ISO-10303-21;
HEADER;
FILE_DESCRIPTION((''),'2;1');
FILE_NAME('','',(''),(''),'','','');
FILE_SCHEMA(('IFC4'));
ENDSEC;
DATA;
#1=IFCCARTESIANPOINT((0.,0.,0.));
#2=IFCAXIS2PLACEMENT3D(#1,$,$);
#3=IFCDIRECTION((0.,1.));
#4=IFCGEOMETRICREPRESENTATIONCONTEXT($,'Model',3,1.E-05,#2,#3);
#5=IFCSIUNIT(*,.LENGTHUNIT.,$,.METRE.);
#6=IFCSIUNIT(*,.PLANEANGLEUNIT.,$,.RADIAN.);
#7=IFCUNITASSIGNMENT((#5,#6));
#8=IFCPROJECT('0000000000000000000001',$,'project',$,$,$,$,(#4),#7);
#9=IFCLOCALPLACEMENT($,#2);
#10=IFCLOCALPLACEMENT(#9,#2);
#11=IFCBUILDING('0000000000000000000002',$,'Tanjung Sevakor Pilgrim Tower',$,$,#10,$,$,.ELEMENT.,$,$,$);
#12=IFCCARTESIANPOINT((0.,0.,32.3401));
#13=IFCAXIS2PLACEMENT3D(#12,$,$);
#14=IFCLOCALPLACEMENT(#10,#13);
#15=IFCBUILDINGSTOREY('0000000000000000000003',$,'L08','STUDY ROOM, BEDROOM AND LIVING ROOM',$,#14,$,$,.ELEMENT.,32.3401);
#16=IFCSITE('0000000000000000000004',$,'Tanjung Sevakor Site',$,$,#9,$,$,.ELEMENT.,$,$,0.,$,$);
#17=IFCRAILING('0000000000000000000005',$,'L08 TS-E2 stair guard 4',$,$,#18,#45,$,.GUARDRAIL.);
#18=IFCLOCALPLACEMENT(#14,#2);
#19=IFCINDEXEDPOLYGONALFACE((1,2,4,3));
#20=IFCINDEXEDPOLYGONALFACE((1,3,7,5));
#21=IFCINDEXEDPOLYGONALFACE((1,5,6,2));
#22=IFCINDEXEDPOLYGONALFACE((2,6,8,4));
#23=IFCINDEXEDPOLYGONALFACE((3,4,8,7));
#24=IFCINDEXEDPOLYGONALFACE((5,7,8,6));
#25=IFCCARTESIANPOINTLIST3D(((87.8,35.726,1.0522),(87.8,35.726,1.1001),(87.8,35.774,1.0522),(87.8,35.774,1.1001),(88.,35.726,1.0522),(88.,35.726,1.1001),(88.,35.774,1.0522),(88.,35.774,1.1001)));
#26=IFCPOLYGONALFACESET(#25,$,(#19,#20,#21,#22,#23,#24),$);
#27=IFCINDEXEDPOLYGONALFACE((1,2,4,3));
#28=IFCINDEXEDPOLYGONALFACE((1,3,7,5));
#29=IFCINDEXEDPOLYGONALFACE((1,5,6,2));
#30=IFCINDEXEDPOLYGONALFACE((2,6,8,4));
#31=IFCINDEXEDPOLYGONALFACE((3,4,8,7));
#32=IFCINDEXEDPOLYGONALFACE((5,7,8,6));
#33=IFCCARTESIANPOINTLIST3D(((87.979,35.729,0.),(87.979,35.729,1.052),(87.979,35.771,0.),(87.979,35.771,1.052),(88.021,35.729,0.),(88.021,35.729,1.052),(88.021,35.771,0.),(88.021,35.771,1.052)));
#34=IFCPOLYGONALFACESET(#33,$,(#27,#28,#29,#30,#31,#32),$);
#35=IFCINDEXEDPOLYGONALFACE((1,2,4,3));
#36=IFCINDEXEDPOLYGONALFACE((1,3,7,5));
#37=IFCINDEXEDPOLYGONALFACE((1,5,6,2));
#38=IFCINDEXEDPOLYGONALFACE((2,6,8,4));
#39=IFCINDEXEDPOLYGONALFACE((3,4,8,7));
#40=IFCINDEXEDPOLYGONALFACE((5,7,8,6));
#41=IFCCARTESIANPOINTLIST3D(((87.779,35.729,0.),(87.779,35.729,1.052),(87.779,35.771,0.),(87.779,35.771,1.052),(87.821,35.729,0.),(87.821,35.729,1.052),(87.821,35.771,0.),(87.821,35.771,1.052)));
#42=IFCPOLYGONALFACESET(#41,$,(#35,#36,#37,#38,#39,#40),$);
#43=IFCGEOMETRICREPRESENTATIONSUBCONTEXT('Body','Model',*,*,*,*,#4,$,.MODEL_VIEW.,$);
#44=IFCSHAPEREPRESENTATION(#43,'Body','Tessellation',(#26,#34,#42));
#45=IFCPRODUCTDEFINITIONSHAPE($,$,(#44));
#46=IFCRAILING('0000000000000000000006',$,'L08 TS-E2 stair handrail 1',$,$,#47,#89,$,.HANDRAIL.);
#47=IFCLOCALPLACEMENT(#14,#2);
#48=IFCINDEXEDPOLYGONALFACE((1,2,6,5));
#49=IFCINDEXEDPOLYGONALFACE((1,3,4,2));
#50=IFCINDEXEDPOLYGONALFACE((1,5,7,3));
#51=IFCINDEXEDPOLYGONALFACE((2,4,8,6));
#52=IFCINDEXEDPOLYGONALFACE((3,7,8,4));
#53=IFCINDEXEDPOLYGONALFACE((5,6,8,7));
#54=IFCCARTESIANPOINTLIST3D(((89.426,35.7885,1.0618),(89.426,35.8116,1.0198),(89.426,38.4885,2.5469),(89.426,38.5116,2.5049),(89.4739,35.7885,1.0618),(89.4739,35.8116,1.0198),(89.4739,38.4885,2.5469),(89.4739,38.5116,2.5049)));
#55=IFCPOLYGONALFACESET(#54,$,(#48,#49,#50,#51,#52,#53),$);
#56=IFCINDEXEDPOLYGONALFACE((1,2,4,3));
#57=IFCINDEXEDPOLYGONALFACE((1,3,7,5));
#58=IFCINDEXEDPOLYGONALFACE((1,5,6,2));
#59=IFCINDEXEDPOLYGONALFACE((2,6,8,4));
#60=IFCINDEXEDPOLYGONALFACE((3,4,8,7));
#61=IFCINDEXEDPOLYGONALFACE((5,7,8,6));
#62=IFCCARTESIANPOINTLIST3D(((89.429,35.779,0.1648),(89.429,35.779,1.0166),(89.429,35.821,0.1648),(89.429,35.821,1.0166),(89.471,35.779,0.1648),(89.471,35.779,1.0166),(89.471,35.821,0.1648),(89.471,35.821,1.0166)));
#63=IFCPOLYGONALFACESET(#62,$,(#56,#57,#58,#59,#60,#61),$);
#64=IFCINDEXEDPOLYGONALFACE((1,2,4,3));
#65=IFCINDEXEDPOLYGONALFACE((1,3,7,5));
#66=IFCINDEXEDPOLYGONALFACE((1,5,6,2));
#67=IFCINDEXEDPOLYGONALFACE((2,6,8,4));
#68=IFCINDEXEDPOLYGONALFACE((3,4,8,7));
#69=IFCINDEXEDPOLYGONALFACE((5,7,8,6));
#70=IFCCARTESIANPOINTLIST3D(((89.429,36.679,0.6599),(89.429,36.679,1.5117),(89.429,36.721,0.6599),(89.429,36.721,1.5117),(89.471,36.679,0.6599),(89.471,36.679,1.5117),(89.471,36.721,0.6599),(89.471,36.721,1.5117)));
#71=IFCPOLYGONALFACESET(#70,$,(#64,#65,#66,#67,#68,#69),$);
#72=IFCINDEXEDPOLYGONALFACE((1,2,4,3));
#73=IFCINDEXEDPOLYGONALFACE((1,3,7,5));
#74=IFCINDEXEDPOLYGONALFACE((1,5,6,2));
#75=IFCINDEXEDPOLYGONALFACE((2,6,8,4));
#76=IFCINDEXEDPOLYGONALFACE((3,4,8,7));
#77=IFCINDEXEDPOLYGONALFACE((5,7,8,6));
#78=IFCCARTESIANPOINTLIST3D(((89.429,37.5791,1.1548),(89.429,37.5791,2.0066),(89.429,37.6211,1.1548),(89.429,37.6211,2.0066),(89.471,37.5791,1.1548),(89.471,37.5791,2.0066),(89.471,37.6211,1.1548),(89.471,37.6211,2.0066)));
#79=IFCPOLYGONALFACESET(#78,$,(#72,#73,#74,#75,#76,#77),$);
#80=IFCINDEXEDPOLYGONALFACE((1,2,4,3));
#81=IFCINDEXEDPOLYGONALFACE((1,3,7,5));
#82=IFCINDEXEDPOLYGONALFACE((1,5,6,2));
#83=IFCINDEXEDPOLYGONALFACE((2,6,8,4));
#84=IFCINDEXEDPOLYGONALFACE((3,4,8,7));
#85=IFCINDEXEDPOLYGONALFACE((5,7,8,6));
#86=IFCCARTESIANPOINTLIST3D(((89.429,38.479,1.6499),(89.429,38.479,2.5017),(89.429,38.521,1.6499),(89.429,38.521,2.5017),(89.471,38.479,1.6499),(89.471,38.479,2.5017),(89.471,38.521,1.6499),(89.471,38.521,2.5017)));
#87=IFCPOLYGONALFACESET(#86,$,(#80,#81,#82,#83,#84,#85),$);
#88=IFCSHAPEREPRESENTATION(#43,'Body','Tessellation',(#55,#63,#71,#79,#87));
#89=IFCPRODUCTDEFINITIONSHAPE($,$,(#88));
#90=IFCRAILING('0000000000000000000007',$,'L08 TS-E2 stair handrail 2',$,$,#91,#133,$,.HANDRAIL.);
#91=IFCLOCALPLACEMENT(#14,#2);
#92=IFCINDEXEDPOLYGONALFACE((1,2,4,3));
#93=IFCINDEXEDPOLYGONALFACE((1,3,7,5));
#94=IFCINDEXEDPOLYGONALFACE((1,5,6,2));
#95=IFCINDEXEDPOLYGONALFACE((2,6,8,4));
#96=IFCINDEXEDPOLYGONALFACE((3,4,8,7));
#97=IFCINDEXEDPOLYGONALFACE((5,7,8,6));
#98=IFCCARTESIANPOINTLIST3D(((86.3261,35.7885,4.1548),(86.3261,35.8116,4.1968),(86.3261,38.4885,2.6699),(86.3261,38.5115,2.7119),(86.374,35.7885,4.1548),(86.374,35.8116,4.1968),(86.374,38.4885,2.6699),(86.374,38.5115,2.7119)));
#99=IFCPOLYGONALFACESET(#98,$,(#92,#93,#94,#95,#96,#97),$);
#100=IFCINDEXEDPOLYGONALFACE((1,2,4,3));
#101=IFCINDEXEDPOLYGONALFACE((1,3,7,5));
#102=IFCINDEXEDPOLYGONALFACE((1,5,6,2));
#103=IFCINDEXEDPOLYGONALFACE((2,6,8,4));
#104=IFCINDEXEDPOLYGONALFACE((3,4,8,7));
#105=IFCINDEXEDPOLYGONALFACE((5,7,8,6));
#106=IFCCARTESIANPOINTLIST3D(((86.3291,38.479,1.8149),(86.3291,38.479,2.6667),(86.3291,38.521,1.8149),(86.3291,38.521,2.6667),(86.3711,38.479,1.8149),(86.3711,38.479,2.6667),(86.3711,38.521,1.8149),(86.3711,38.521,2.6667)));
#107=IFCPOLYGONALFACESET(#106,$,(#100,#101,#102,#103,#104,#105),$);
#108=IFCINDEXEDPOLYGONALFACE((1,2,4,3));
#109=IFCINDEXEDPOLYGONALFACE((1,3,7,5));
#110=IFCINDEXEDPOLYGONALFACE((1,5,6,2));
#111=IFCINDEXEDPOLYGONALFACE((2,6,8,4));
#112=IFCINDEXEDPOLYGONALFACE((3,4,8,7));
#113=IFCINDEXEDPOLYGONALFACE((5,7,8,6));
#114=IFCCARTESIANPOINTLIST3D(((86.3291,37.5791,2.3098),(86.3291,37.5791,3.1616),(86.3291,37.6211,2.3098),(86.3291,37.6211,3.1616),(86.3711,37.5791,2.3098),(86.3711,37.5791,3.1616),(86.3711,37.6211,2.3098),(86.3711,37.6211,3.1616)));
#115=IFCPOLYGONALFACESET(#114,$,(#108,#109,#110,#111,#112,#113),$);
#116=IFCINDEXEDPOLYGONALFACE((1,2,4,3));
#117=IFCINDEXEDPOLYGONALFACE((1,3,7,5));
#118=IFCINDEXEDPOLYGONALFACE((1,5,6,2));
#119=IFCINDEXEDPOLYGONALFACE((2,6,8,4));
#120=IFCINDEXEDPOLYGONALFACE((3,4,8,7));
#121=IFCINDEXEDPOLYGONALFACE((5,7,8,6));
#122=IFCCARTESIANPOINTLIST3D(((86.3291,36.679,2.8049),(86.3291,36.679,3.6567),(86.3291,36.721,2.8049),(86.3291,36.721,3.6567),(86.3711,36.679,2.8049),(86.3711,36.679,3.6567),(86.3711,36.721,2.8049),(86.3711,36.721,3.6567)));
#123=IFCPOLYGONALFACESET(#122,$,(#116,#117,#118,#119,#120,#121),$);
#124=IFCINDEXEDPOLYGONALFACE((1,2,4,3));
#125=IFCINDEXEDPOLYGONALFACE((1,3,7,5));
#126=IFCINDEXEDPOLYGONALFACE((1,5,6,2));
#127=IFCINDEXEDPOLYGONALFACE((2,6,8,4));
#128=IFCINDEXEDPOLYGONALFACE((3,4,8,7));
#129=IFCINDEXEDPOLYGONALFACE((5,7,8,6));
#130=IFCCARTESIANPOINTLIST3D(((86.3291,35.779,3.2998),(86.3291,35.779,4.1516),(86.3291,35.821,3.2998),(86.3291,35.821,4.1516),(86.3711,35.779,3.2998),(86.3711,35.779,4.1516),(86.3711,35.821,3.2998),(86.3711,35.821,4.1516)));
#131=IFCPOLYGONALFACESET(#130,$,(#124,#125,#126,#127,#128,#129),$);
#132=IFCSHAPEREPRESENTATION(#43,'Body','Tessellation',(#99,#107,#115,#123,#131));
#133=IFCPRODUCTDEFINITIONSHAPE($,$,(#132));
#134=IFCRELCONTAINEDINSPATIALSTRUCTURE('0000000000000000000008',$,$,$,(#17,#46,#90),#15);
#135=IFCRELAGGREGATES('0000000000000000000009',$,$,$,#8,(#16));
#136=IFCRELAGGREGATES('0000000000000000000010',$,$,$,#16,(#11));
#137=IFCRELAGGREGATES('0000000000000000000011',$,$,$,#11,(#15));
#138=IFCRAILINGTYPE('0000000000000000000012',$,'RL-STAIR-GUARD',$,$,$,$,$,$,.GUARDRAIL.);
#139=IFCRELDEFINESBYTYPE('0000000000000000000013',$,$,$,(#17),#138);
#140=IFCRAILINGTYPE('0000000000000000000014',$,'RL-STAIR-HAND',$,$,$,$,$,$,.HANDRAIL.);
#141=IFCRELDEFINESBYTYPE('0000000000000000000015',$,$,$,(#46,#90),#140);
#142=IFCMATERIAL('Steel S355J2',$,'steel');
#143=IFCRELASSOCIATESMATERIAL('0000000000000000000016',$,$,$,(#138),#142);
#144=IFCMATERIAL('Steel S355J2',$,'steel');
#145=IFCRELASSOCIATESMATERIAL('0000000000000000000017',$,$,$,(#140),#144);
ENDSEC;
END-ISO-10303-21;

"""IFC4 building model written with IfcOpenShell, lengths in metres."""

from ifc_helpers import new_model, si_unit, direction, frame, origin, place, context, subcontext, project, spatial, rectangle, extrude, material, type_object, element, save


model = new_model("IFC4")

# Units and contexts
model_context = context("Model", 3, precision=1e-05, world=origin(), true_north=direction((0.0, 1.0)))
body_context = subcontext(model_context, "Body", "Model", "MODEL_VIEW")
ifc_project = project(units=[si_unit("LENGTHUNIT", "METRE"), si_unit("PLANEANGLEUNIT", "RADIAN")], contexts=[model_context])

# Site, building, storey
site_placement = place(None, origin())
site = spatial("IfcSite", under=ifc_project, at=site_placement, Name="Tanjung Sevakor Site", CompositionType="ELEMENT", RefElevation=0.0)
building_placement = place(site_placement, origin())
building = spatial("IfcBuilding", under=site, at=building_placement, Name="Tanjung Sevakor Pilgrim Tower", CompositionType="ELEMENT")
storey_placement = place(building_placement, frame((0.0, 0.0, 32.3401)))
storey = spatial("IfcBuildingStorey", under=building, at=storey_placement, Name="L08", Description="STUDY ROOM, BEDROOM AND LIVING ROOM", CompositionType="ELEMENT", Elevation=32.3401)

# Railings
ifc_material_1 = material(Name="Steel S355J2", Category="steel")
railing_type_1 = type_object("IfcRailingType", Name="RL-STAIR-GUARD", PredefinedType="GUARDRAIL", material=ifc_material_1)
railing_1_placement = place(storey_placement, frame((88.0, 35.75, 0.0)))
element("IfcRailing", 1, at=railing_1_placement, inside=storey, type_object=railing_type_1, Name="L08 TS-E2 stair guard 4", PredefinedType="GUARDRAIL", context=body_context, shape_type="SweptSolid", body=[
    extrude(rectangle(XDim=0.0479, YDim=0.0479), frame((0.0, 0.0, 1.0762), z_axis=(-1.0, 0.0, 0.0), x_axis=(0.0, -1.0, 0.0)), (0.0, 0.0, 1.0), 0.2),
    extrude(rectangle(XDim=0.042, YDim=0.042), origin(), (0.0, 0.0, 1.0), 1.052),
    extrude(rectangle(XDim=0.042, YDim=0.042), frame((-0.2, 0.0, 0.0)), (0.0, 0.0, 1.0), 1.052),
])
ifc_material_2 = material(Name="Steel S355J2", Category="steel")
railing_type_2 = type_object("IfcRailingType", Name="RL-STAIR-HAND", PredefinedType="HANDRAIL", material=ifc_material_2)
railing_2_placement = place(storey_placement, frame((89.45, 35.8, 0.1648)))
element("IfcRailing", 2, at=railing_2_placement, inside=storey, type_object=railing_type_2, Name="L08 TS-E2 stair handrail 1", PredefinedType="HANDRAIL", context=body_context, shape_type="SweptSolid", body=[
    extrude(rectangle(XDim=0.0479, YDim=0.0479), frame((0.0, 0.0, 0.876), z_axis=(0.0, 0.876198, 0.481952), x_axis=(-1.0, 0.0, 0.0)), (0.0, 0.0, 1.0), 3.0815),
    extrude(rectangle(XDim=0.042, YDim=0.042), origin(), (0.0, 0.0, 1.0), 0.8518),
    extrude(rectangle(XDim=0.042, YDim=0.042), frame((0.0, 0.8999, 0.4951)), (0.0, 0.0, 1.0), 0.8518),
    extrude(rectangle(XDim=0.042, YDim=0.042), frame((0.0, 1.8, 0.99)), (0.0, 0.0, 1.0), 0.8518),
    extrude(rectangle(XDim=0.042, YDim=0.042), frame((0.0, 2.7, 1.4851)), (0.0, 0.0, 1.0), 0.8518),
])
railing_3_placement = place(storey_placement, frame((86.3501, 38.5, 1.8149)))
element("IfcRailing", 3, at=railing_3_placement, inside=storey, type_object=railing_type_2, Name="L08 TS-E2 stair handrail 2", PredefinedType="HANDRAIL", context=body_context, shape_type="SweptSolid", body=[
    extrude(rectangle(XDim=0.0479, YDim=0.0479), frame((0.0, 0.0, 0.876), z_axis=(0.0, -0.876231, 0.481891), x_axis=(1.0, 0.0, 0.0)), (0.0, 0.0, 1.0), 3.0813),
    extrude(rectangle(XDim=0.042, YDim=0.042), origin(), (0.0, 0.0, 1.0), 0.8518),
    extrude(rectangle(XDim=0.042, YDim=0.042), frame((0.0, -0.8999, 0.4949)), (0.0, 0.0, 1.0), 0.8518),
    extrude(rectangle(XDim=0.042, YDim=0.042), frame((0.0, -1.8, 0.99)), (0.0, 0.0, 1.0), 0.8518),
    extrude(rectangle(XDim=0.042, YDim=0.042), frame((0.0, -2.7, 1.4849)), (0.0, 0.0, 1.0), 0.8518),
])

save(model, "model.ifc")
